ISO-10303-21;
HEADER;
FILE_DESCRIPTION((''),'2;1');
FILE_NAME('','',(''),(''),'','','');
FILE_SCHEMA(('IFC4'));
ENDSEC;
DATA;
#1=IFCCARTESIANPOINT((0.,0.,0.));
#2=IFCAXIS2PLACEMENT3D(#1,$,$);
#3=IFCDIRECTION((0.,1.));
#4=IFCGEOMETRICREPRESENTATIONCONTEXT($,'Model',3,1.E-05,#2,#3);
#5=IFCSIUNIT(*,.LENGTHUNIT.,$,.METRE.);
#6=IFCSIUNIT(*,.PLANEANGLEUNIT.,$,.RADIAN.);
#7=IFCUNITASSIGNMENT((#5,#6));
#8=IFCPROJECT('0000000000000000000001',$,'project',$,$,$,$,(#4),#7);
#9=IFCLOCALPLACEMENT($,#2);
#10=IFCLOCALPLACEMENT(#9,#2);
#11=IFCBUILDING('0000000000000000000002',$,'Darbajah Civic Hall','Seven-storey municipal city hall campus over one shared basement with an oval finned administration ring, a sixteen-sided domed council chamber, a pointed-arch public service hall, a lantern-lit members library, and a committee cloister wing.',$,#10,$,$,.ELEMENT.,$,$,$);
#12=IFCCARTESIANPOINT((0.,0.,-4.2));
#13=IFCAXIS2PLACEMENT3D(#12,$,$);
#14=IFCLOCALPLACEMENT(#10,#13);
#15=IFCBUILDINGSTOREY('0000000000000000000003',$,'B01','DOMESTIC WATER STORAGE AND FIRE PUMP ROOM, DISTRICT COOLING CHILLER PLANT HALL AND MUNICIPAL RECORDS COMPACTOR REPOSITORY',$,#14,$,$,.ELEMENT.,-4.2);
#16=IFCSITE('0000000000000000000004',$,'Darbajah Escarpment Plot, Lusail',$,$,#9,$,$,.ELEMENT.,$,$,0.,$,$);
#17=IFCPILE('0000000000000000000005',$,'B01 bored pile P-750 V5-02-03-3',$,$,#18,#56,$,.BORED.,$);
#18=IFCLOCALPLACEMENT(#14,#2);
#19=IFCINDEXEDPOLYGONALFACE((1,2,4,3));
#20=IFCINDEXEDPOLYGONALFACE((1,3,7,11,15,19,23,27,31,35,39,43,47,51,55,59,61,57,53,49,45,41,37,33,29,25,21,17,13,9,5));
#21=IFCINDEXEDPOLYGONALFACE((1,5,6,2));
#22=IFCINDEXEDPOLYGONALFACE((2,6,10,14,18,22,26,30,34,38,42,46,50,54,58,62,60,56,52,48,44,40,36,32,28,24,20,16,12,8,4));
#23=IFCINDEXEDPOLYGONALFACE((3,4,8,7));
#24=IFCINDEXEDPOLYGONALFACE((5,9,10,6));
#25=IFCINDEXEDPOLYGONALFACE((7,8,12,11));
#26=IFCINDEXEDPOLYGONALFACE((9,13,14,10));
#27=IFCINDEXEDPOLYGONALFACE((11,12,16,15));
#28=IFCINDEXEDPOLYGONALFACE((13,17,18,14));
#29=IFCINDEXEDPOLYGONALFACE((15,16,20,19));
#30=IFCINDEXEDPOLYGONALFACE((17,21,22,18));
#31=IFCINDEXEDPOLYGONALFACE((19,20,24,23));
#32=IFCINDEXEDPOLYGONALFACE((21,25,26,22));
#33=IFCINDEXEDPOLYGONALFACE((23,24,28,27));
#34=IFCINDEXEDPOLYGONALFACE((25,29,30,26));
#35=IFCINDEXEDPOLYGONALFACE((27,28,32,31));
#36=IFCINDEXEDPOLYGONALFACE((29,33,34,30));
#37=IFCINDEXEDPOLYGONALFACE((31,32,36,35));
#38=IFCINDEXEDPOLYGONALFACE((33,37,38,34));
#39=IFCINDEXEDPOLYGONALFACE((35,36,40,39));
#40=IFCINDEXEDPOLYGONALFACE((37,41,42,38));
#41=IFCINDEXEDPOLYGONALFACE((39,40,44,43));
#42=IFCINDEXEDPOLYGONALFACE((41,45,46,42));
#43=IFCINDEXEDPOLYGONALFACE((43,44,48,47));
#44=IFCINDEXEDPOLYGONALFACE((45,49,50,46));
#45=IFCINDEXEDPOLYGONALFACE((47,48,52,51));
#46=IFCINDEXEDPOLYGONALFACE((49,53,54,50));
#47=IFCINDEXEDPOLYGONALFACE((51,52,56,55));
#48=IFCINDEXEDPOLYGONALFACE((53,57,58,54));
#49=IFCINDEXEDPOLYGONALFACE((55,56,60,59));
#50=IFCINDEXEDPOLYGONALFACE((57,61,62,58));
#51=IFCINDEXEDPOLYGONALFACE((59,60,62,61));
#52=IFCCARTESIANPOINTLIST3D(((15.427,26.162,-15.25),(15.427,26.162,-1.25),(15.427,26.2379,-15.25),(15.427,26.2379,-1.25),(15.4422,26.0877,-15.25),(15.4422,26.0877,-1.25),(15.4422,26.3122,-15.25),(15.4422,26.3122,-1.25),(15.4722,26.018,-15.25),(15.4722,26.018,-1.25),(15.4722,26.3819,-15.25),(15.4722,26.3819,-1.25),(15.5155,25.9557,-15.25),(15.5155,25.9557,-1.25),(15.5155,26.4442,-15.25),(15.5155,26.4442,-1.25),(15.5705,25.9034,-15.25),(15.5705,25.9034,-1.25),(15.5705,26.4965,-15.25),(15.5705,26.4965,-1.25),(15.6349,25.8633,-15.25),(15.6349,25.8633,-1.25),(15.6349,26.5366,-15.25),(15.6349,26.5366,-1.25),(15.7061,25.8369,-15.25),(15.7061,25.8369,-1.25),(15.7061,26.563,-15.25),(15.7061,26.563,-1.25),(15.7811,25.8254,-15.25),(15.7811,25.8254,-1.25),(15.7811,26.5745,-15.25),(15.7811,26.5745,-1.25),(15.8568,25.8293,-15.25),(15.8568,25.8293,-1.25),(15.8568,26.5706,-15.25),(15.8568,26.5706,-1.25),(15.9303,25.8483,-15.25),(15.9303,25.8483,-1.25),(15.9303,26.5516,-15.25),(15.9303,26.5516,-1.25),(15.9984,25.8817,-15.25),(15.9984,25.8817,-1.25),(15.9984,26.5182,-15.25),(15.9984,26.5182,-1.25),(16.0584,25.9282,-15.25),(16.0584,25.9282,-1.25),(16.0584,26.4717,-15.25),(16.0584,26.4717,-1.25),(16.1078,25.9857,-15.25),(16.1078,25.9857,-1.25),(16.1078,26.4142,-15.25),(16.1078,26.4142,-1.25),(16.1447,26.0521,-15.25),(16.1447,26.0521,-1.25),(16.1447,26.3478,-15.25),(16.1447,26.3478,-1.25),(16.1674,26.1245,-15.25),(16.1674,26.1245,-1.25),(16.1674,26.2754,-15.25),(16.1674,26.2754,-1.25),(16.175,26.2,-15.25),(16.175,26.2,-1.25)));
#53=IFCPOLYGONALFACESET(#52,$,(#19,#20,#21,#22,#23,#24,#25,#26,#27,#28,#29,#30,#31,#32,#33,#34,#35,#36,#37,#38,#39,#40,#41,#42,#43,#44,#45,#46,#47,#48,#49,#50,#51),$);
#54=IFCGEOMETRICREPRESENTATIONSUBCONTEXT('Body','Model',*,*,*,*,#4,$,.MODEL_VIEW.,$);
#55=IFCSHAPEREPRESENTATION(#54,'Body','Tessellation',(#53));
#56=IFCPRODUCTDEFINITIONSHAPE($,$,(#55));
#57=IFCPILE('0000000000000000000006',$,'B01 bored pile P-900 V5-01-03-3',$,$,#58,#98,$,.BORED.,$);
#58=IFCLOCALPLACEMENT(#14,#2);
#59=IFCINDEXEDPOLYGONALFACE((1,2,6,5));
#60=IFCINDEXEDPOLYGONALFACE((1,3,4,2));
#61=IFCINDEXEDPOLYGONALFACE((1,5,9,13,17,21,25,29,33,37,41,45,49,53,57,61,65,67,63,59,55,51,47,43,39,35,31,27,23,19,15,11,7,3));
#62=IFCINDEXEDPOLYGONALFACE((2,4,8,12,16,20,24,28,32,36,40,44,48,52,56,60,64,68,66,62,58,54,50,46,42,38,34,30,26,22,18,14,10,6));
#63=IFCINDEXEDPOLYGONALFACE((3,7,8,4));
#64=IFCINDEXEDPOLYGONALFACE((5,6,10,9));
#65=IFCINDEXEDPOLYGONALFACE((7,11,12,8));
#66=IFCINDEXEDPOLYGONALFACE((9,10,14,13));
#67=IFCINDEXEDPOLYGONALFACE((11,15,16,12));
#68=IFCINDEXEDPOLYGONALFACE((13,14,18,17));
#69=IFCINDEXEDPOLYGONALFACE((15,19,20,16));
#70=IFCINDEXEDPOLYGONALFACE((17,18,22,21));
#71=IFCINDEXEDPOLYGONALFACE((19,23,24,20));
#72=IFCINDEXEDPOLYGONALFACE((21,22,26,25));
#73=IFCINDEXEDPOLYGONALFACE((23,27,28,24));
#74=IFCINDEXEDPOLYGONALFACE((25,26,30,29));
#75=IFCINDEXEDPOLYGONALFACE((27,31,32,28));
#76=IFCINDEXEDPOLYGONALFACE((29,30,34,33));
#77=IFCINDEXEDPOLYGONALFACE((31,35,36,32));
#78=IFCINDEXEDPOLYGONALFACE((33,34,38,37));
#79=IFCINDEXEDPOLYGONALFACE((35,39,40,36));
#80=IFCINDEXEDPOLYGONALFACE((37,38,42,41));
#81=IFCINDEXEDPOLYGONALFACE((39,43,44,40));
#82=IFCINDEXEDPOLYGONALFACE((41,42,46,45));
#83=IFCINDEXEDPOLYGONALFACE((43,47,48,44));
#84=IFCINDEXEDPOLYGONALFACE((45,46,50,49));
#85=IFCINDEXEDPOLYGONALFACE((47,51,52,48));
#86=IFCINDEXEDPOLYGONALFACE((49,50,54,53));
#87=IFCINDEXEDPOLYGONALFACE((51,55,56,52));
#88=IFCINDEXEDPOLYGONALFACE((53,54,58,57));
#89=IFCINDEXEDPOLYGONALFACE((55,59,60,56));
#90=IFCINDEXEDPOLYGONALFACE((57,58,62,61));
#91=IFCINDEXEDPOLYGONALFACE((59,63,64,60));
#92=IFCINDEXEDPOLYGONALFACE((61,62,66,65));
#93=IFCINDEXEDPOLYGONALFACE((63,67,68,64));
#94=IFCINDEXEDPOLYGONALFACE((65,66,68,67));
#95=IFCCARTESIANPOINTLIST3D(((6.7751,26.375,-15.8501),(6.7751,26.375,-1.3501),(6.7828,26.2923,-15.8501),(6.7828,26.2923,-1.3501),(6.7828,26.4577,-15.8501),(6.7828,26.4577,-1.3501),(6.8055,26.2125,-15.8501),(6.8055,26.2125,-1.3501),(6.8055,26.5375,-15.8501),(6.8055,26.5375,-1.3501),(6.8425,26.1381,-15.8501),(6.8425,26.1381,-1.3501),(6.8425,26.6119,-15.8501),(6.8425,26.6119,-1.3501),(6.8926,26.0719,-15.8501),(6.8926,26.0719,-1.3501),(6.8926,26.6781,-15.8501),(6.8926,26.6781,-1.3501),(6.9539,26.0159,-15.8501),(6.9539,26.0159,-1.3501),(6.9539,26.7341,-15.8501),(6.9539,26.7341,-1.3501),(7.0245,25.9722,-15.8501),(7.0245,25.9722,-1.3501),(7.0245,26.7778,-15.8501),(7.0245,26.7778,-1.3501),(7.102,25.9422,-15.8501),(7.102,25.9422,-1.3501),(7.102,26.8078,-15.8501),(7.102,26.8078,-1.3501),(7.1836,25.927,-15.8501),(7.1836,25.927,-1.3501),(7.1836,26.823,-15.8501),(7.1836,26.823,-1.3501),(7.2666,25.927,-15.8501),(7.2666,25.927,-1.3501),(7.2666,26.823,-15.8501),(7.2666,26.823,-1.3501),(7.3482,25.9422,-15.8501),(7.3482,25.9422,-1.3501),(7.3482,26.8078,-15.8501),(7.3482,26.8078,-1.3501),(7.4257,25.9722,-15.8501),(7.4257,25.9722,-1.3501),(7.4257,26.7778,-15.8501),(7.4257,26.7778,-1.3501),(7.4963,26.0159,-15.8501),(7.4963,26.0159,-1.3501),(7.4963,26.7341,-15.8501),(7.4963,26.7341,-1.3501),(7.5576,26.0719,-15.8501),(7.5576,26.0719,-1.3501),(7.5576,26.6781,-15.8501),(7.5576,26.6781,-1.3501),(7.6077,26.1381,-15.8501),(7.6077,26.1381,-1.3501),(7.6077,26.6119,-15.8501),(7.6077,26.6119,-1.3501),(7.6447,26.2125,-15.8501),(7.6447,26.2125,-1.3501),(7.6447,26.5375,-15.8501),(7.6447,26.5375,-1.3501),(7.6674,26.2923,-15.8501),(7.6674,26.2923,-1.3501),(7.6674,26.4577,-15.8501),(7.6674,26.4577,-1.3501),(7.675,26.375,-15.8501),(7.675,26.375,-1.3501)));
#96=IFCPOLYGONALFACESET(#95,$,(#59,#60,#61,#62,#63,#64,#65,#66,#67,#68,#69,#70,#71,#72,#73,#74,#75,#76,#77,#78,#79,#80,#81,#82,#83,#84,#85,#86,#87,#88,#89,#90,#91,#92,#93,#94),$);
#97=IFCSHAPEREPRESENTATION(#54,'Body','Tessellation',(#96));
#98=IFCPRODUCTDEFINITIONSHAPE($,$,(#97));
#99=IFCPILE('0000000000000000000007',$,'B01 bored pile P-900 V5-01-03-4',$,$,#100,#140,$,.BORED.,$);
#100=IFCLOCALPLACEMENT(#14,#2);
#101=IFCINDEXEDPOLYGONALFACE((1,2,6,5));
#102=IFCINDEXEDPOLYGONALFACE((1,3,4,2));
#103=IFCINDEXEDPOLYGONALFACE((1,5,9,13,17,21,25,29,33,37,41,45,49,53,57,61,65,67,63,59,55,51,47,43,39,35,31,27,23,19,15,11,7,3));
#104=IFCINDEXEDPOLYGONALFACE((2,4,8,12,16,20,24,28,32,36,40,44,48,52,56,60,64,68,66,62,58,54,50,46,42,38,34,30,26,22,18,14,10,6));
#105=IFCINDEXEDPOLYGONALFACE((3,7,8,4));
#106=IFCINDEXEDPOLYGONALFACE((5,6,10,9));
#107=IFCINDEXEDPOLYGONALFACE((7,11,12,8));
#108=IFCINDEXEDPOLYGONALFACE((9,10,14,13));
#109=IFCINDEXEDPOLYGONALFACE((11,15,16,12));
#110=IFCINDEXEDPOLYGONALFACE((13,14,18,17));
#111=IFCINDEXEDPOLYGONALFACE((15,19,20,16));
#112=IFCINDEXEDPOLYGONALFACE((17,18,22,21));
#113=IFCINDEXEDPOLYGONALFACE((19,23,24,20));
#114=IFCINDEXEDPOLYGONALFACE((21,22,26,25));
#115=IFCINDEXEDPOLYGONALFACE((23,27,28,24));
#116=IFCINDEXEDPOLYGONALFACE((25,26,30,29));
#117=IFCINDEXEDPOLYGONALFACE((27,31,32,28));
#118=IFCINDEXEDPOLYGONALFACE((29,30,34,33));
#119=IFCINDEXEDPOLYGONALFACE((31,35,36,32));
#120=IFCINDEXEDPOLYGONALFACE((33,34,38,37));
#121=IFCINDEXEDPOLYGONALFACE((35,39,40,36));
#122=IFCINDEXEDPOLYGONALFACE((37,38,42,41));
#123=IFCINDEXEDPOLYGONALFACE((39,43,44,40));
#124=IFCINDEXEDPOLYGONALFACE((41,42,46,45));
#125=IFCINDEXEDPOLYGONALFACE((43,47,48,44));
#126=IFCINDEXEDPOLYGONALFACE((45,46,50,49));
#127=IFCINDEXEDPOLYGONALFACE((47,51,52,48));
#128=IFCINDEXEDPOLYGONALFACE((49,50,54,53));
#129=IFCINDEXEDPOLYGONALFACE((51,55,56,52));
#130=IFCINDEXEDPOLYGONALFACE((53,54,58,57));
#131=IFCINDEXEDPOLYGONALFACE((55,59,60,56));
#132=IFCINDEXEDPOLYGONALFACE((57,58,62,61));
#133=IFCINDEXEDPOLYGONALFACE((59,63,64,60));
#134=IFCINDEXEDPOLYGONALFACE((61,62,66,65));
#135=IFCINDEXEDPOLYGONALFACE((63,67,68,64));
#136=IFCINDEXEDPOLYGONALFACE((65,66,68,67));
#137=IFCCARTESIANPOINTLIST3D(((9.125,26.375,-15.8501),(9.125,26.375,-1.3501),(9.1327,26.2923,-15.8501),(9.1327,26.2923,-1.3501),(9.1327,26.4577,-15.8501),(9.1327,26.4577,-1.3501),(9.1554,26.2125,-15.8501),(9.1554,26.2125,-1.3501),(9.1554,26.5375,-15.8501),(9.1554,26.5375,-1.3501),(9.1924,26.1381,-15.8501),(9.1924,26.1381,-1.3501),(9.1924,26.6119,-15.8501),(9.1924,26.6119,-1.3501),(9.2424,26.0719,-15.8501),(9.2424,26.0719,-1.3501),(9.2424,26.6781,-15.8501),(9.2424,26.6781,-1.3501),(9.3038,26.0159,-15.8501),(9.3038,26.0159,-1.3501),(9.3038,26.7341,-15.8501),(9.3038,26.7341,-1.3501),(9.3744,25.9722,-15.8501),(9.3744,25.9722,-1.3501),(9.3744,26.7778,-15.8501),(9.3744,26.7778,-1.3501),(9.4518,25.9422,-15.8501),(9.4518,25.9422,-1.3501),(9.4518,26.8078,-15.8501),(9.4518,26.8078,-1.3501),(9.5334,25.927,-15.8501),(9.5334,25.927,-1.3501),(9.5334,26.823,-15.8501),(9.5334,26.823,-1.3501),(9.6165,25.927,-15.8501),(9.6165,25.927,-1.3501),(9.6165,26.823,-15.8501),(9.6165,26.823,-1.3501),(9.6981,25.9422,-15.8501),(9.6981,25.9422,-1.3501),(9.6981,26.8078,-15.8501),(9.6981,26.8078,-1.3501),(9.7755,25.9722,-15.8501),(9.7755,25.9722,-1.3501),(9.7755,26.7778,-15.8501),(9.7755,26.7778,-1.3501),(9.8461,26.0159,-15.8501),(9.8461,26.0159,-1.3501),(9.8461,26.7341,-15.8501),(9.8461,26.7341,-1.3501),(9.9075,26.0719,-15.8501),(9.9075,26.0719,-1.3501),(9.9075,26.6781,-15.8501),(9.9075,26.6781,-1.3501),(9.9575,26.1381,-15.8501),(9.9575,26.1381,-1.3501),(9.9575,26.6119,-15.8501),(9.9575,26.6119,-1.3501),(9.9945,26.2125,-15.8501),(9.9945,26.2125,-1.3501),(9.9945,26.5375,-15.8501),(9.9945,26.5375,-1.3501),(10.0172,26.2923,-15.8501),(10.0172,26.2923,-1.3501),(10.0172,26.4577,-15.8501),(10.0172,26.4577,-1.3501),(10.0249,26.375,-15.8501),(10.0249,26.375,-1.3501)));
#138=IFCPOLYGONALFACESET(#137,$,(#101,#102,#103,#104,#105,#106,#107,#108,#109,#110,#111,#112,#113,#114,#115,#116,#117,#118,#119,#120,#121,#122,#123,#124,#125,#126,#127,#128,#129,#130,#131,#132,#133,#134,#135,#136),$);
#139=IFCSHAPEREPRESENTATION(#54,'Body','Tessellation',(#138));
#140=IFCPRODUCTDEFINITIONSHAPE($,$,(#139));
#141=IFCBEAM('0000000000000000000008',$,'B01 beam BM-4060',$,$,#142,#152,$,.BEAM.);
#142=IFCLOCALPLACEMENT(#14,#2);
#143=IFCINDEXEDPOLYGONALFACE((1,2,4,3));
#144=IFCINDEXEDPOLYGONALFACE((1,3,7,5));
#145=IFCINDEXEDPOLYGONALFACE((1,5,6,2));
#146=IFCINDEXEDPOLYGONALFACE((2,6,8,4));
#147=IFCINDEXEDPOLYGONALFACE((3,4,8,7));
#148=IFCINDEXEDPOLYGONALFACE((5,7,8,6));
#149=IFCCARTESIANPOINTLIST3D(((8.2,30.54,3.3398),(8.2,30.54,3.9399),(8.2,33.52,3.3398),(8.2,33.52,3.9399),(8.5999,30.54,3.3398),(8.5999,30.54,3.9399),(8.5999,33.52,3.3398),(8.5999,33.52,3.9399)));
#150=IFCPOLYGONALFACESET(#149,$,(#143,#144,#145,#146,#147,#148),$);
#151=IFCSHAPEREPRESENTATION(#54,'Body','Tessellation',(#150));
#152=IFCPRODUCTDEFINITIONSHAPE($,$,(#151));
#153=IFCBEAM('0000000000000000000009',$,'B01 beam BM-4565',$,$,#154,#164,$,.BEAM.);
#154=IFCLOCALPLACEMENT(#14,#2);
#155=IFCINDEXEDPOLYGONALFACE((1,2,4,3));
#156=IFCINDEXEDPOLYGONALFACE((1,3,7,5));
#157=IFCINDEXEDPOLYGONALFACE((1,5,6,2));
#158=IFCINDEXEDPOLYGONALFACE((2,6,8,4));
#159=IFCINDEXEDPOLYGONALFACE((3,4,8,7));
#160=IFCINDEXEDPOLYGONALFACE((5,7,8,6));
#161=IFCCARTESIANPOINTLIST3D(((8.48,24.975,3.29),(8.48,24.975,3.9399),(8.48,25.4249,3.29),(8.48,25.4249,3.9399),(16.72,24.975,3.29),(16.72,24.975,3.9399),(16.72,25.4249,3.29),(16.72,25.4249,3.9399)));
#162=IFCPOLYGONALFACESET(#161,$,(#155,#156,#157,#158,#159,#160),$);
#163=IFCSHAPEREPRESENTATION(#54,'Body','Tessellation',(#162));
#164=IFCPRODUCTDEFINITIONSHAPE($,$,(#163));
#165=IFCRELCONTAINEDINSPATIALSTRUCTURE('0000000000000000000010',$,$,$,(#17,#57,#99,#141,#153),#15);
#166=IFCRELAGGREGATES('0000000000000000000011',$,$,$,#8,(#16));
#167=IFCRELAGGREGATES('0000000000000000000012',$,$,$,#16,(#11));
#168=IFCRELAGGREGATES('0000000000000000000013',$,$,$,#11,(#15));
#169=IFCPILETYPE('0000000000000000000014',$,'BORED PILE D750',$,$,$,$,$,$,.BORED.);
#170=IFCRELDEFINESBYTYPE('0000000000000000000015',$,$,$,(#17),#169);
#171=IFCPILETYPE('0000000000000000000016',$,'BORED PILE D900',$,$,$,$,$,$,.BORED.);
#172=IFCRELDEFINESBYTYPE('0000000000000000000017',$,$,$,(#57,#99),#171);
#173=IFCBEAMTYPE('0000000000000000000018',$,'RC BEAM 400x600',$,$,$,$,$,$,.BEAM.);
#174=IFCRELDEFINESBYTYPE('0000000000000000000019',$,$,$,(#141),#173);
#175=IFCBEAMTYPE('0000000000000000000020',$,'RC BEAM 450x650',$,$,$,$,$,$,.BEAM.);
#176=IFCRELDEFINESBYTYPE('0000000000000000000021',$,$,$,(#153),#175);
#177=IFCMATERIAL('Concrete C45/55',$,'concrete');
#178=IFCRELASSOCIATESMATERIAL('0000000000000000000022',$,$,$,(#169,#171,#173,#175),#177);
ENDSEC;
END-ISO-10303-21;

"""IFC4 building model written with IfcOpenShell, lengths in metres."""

from ifc_helpers import new_model, si_unit, direction, frame, origin, origin_2d, place, context, subcontext, project, spatial, rectangle, circle, extrude, material, material_profile, profile_set, type_object, element, save


model = new_model("IFC4")

# Units and contexts
model_context = context("Model", 3, precision=1e-05, world=origin(), true_north=direction((0.0, 1.0)))
body_context = subcontext(model_context, "Body", "Model", "MODEL_VIEW")
ifc_project = project(units=[si_unit("LENGTHUNIT", "METRE"), si_unit("PLANEANGLEUNIT", "RADIAN")], contexts=[model_context])

# Site, building, storey
site_placement = place(None, origin())
site = spatial("IfcSite", under=ifc_project, at=site_placement, Name="Darbajah Escarpment Plot, Lusail", CompositionType="ELEMENT", RefElevation=0.0)
building_placement = place(site_placement, origin())
building = spatial("IfcBuilding", under=site, at=building_placement, Name="Darbajah Civic Hall", Description="Seven-storey municipal city hall campus over one shared basement with an oval finned administration ring, a sixteen-sided domed council chamber, a pointed-arch public service hall, a lantern-lit members library, and a committee cloister wing.", CompositionType="ELEMENT")
storey_placement = place(building_placement, frame((0.0, 0.0, -4.2)))
storey = spatial("IfcBuildingStorey", under=building, at=storey_placement, Name="B01", Description="DOMESTIC WATER STORAGE AND FIRE PUMP ROOM, DISTRICT COOLING CHILLER PLANT HALL AND MUNICIPAL RECORDS COMPACTOR REPOSITORY", CompositionType="ELEMENT", Elevation=-4.2)

# Piles
ifc_material_1 = material(Name="Concrete C45/55", Category="concrete")
ifc_material_profile_1 = material_profile(ifc_material_1, circle(Radius=0.375, at=origin_2d()), Name="BORED PILE D750")
ifc_profile_set_1 = profile_set([ifc_material_profile_1], Name="Concrete C45/55")
pile_type_1 = type_object("IfcPileType", Name="BORED PILE D750", PredefinedType="BORED", material=ifc_profile_set_1)
pile_placement = place(storey_placement, frame((15.8, 26.2, -1.25), z_axis=(0.0, 0.0, -1.0), x_axis=(1.0, 0.0, 0.0)))
element("IfcPile", 1, at=pile_placement, inside=storey, type_object=pile_type_1, Name="B01 bored pile P-750 V5-02-03-3", PredefinedType="BORED", context=body_context, shape_type="SweptSolid", body=[
    extrude(circle(Radius=0.375, at=origin_2d()), origin(), (0.0, 0.0, 1.0), 14.0),
])
ifc_material_profile_2 = material_profile(ifc_material_1, circle(Radius=0.45, at=origin_2d()), Name="BORED PILE D900")
ifc_profile_set_2 = profile_set([ifc_material_profile_2], Name="Concrete C45/55")
pile_type_2 = type_object("IfcPileType", Name="BORED PILE D900", PredefinedType="BORED", material=ifc_profile_set_2)
for number, where, z_axis, x_axis, name in (
    (2, (7.2251, 26.375, -1.3501), (0.0, 0.0, -1.0), (1.0, 0.0, 0.0), "B01 bored pile P-900 V5-01-03-3"),
    (3, (9.575, 26.375, -1.3501), (0.0, 0.0, -1.0), (1.0, 0.0, 0.0), "B01 bored pile P-900 V5-01-03-4"),
):
    element("IfcPile", number, at=place(storey_placement, frame(where, z_axis=z_axis, x_axis=x_axis)), inside=storey, type_object=pile_type_2, Name=name, PredefinedType="BORED", context=body_context, shape_type="SweptSolid", body=[
        extrude(circle(Radius=0.45, at=origin_2d()), origin(), (0.0, 0.0, 1.0), 14.5),
    ])

# Beams
ifc_material_profile_3 = material_profile(ifc_material_1, rectangle(XDim=0.3999, YDim=0.6001, at=origin_2d()), Name="RC BEAM 400x600")
ifc_profile_set_3 = profile_set([ifc_material_profile_3], Name="Concrete C45/55")
beam_type_1 = type_object("IfcBeamType", Name="RC BEAM 400x600", PredefinedType="BEAM", material=ifc_profile_set_3)
beam_1_placement = place(storey_placement, frame((8.3999, 30.54, 3.6399), z_axis=(0.0, 1.0, 0.0), x_axis=(-1.0, 0.0, 0.0)))
element("IfcBeam", 4, at=beam_1_placement, inside=storey, type_object=beam_type_1, Name="B01 beam BM-4060", PredefinedType="BEAM", context=body_context, shape_type="SweptSolid", body=[
    extrude(rectangle(XDim=0.3999, YDim=0.6001, at=origin_2d()), origin(), (0.0, 0.0, 1.0), 2.98),
])
ifc_material_profile_4 = material_profile(ifc_material_1, rectangle(XDim=0.45, YDim=0.6499, at=origin_2d()), Name="RC BEAM 450x650")
ifc_profile_set_4 = profile_set([ifc_material_profile_4], Name="Concrete C45/55")
beam_type_2 = type_object("IfcBeamType", Name="RC BEAM 450x650", PredefinedType="BEAM", material=ifc_profile_set_4)
beam_2_placement = place(storey_placement, frame((8.48, 25.2, 3.615), z_axis=(1.0, 0.0, 0.0), x_axis=(0.0, 1.0, 0.0)))
element("IfcBeam", 5, at=beam_2_placement, inside=storey, type_object=beam_type_2, Name="B01 beam BM-4565", PredefinedType="BEAM", context=body_context, shape_type="SweptSolid", body=[
    extrude(rectangle(XDim=0.45, YDim=0.6499, at=origin_2d()), origin(), (0.0, 0.0, 1.0), 8.24),
])

save(model, "model.ifc")
